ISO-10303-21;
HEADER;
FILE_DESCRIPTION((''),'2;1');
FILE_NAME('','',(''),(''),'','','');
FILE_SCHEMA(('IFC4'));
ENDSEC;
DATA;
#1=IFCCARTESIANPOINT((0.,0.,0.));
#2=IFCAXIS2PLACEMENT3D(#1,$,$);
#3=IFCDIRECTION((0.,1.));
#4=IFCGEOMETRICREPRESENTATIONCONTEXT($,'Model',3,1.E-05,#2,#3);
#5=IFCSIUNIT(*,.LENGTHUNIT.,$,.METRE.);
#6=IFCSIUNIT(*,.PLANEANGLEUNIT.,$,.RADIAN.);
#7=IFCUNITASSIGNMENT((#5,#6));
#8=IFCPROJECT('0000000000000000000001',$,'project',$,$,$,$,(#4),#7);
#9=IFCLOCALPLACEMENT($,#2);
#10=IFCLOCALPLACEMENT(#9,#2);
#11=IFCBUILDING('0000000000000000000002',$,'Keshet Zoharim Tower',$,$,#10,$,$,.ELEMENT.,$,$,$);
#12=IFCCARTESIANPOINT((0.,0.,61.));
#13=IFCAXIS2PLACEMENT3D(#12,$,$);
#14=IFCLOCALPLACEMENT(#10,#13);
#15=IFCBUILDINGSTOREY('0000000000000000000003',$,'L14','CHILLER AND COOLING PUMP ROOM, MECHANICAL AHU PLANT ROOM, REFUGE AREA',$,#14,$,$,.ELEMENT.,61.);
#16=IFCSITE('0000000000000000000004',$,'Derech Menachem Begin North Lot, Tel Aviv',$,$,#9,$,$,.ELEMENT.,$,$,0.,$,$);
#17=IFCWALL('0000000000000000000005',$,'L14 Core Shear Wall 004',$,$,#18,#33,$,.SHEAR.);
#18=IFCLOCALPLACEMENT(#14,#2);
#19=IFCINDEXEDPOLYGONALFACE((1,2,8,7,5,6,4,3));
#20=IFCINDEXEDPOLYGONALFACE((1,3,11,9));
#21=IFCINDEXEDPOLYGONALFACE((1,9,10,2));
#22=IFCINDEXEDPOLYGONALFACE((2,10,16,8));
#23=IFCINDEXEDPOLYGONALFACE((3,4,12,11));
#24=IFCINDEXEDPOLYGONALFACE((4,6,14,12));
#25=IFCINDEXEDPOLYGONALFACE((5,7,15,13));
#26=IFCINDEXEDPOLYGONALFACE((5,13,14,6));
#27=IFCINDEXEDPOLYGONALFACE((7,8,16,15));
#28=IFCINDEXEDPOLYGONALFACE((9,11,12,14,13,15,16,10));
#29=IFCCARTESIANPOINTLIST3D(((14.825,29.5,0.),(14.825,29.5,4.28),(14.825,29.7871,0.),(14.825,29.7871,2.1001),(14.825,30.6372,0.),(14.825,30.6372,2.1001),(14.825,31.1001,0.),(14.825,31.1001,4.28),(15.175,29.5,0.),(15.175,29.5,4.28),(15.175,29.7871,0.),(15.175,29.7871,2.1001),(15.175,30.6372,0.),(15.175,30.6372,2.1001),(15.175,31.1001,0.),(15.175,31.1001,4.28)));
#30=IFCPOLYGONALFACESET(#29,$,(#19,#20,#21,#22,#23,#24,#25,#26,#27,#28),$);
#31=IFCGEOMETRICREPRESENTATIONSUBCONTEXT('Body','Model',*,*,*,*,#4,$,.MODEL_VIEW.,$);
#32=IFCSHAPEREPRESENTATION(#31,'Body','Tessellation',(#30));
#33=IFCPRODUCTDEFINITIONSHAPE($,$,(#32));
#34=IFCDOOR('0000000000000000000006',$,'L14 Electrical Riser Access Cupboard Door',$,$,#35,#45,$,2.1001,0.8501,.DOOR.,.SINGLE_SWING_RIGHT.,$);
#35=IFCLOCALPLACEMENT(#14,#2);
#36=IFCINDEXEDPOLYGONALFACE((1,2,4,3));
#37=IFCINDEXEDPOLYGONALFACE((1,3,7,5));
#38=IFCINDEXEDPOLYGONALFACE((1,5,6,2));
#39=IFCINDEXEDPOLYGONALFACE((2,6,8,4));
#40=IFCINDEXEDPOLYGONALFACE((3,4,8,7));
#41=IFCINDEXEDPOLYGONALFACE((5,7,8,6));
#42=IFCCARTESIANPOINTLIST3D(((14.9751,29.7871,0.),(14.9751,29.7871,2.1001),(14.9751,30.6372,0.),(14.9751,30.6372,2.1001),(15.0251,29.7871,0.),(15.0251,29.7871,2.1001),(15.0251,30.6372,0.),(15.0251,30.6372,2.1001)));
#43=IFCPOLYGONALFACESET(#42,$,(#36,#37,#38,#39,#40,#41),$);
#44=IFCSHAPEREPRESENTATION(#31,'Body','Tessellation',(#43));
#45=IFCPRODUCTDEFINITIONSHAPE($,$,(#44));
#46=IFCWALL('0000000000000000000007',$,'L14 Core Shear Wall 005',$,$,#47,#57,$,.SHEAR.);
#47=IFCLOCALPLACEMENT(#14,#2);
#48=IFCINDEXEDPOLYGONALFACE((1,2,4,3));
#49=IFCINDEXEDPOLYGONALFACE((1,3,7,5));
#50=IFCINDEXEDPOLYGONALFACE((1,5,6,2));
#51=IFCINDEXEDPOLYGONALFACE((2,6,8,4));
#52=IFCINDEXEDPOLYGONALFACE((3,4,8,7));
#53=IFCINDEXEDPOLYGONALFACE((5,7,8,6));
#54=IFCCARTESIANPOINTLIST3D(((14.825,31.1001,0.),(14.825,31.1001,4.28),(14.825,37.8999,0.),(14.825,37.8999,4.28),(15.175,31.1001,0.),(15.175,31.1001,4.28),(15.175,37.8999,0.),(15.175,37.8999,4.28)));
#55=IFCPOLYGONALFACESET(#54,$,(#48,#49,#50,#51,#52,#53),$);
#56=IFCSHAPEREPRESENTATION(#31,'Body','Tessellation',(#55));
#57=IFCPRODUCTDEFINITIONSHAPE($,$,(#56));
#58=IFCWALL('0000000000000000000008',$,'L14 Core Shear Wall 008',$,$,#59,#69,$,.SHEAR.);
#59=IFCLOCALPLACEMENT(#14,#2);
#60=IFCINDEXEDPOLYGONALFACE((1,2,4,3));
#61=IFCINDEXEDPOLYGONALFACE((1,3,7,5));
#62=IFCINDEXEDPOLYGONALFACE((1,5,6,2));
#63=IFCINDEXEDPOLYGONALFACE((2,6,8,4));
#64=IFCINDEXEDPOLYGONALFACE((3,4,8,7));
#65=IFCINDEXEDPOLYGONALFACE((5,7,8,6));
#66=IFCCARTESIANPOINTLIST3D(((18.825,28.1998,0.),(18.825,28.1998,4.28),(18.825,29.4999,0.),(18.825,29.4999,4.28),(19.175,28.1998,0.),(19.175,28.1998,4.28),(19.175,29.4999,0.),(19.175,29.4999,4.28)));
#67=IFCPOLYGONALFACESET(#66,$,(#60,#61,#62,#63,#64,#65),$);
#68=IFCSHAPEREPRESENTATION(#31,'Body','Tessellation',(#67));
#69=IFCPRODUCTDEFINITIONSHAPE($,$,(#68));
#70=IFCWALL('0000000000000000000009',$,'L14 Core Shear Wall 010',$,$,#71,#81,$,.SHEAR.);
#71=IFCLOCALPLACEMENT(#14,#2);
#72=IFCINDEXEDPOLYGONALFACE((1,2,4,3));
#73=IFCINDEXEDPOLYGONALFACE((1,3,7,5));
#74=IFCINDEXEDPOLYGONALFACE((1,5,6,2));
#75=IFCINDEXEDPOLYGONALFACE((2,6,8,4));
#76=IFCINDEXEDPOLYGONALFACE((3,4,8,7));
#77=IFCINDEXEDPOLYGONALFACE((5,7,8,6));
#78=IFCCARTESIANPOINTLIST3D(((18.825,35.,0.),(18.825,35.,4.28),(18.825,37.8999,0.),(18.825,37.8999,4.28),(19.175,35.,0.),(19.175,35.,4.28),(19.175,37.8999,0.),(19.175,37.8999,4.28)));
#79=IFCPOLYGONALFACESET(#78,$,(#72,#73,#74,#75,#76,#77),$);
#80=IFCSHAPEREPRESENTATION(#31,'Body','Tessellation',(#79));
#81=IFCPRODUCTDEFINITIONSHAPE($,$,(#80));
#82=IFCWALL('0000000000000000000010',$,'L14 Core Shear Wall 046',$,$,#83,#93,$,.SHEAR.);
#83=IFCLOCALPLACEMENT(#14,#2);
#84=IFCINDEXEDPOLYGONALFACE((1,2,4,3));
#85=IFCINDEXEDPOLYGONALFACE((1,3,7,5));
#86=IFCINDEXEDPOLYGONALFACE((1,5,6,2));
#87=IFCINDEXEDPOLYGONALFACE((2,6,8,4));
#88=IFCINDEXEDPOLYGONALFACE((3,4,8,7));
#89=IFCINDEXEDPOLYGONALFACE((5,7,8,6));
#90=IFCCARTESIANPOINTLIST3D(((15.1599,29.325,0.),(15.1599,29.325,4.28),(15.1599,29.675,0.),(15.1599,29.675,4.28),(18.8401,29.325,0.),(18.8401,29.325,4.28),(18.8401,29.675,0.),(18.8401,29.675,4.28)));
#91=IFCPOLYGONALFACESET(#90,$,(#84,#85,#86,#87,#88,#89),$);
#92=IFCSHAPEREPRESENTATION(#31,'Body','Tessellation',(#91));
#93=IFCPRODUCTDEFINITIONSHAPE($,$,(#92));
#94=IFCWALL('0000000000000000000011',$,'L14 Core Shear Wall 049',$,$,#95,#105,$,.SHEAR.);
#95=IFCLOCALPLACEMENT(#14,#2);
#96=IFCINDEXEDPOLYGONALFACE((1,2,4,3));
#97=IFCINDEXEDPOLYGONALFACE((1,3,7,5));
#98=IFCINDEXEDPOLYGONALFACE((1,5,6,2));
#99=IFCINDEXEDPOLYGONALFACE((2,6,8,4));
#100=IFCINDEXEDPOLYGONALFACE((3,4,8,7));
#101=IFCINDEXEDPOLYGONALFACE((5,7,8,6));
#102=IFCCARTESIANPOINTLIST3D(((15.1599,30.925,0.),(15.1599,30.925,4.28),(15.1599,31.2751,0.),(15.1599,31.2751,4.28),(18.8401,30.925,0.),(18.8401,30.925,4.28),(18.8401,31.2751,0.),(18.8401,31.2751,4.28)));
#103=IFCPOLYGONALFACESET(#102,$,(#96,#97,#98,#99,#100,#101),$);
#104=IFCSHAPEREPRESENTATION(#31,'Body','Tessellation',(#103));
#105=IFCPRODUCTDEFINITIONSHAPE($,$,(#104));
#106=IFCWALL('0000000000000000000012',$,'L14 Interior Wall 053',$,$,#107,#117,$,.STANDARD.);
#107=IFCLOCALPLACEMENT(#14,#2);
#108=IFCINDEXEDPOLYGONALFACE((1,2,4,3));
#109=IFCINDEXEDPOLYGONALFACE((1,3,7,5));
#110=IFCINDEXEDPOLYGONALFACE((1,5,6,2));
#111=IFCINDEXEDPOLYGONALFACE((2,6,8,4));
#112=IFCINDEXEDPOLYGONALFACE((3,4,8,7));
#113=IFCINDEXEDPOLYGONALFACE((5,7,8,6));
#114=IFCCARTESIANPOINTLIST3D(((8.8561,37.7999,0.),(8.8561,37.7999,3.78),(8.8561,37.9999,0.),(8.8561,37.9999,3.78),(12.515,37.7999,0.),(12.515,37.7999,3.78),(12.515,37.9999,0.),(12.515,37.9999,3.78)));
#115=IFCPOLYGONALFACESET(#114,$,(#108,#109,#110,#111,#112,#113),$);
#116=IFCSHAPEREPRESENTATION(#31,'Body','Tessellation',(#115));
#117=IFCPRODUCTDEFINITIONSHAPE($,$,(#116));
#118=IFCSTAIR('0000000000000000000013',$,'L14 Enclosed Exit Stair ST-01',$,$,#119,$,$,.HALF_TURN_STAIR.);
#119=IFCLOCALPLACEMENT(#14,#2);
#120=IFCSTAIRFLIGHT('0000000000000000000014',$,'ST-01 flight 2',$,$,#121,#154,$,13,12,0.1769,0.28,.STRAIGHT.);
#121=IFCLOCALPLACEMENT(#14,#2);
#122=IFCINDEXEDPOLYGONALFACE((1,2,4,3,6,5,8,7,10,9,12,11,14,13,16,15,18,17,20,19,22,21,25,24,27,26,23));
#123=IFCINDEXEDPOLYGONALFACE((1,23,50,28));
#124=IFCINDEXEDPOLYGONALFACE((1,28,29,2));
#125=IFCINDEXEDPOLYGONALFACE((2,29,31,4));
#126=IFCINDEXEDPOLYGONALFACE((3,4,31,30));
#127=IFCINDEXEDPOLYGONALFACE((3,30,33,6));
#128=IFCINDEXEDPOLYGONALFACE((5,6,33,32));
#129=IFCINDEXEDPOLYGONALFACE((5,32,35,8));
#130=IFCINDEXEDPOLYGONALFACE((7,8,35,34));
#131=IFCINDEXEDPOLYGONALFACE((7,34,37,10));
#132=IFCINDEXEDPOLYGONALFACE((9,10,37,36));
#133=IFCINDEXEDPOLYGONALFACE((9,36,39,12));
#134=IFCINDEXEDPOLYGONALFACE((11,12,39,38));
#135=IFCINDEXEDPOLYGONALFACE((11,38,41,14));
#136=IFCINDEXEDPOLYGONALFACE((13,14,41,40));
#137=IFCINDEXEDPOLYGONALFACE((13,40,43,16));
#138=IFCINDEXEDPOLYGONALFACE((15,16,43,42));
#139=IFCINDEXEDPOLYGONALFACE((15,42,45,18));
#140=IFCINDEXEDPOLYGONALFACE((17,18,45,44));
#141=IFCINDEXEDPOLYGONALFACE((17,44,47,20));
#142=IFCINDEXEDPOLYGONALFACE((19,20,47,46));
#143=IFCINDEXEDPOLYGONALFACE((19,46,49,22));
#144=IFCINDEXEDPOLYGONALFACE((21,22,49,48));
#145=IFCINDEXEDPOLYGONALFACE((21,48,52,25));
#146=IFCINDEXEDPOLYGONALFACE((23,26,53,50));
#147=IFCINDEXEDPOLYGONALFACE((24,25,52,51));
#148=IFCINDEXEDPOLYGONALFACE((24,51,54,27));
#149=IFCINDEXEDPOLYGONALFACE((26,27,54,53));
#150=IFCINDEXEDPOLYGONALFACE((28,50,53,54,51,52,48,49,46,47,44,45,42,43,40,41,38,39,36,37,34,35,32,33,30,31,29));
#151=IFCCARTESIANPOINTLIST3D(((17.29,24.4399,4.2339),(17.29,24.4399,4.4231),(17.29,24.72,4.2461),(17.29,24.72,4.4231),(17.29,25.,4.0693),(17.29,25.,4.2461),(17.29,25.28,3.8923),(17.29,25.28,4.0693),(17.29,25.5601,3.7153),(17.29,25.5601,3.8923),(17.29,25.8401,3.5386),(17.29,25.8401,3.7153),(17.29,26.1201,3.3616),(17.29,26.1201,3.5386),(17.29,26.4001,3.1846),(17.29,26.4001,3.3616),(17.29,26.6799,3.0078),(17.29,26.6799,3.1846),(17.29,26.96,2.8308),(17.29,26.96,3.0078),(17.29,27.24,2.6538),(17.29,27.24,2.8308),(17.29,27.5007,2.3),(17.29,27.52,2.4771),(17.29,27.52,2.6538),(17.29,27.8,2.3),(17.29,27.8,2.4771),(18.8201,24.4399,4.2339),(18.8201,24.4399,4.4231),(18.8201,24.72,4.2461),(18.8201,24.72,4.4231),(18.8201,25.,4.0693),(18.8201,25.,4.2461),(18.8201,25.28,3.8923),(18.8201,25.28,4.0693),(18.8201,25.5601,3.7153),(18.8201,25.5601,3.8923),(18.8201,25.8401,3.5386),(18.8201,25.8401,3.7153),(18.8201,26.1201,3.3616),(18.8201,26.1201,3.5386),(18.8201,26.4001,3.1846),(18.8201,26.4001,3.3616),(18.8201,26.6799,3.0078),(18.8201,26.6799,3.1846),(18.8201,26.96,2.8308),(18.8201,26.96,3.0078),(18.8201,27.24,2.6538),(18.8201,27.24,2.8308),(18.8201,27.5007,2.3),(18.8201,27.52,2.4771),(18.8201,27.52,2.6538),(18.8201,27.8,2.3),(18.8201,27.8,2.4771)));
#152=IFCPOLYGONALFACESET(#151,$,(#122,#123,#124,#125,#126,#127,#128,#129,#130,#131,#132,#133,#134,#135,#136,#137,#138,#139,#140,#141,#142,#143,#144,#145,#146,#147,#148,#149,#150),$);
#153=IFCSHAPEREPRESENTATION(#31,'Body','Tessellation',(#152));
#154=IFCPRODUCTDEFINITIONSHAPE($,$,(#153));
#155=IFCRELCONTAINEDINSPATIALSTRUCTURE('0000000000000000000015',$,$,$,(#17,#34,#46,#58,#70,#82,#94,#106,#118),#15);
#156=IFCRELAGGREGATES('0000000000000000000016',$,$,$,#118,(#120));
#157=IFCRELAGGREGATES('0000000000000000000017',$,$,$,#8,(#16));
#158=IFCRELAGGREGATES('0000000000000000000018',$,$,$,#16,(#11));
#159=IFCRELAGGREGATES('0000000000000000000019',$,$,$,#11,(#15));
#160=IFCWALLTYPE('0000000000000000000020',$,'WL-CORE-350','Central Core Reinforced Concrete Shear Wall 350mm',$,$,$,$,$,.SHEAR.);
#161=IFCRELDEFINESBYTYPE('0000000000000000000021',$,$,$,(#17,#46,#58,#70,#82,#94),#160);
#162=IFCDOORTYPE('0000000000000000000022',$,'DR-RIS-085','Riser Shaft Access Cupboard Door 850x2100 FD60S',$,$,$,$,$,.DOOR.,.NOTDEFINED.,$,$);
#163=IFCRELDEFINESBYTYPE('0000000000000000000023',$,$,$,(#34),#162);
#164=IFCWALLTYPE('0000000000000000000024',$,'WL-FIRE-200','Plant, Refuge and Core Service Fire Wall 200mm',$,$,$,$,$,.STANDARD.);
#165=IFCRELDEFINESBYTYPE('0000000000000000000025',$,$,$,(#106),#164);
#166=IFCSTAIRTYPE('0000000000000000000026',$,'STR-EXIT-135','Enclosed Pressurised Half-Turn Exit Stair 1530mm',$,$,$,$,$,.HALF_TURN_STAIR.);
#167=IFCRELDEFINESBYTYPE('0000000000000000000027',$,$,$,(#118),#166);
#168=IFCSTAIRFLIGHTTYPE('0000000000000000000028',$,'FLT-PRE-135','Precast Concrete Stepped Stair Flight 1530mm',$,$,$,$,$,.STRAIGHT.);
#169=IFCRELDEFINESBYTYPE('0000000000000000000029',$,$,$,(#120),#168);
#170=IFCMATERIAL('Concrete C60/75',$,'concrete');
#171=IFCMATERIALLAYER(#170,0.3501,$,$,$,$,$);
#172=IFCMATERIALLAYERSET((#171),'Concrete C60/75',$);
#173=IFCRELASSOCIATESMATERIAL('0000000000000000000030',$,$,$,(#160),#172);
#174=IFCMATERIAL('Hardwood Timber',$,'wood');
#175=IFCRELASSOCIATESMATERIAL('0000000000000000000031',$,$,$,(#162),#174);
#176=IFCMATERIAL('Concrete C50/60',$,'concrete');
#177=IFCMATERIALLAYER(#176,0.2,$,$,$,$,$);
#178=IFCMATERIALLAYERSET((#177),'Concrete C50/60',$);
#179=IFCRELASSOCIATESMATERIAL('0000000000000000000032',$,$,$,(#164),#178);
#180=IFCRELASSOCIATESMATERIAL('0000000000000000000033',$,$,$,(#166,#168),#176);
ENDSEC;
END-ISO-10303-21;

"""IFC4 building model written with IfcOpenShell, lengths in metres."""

from ifc_helpers import new_model, si_unit, direction, frame, frame_2d, origin, place, context, subcontext, project, spatial, polyline, rectangle, outline, extrude, material, layer, layer_set, type_object, element, fill, aggregate, save


model = new_model("IFC4")

# Units and contexts
model_context = context("Model", 3, precision=1e-05, world=origin(), true_north=direction((0.0, 1.0)))
body_context = subcontext(model_context, "Body", "Model", "MODEL_VIEW")
ifc_project = project(units=[si_unit("LENGTHUNIT", "METRE"), si_unit("PLANEANGLEUNIT", "RADIAN")], contexts=[model_context])

# Site, building, storey
site_placement = place(None, origin())
site = spatial("IfcSite", under=ifc_project, at=site_placement, Name="Derech Menachem Begin North Lot, Tel Aviv", CompositionType="ELEMENT", RefElevation=0.0)
building_placement = place(site_placement, origin())
building = spatial("IfcBuilding", under=site, at=building_placement, Name="Keshet Zoharim Tower", CompositionType="ELEMENT")
storey_placement = place(building_placement, frame((0.0, 0.0, 61.0)))
storey = spatial("IfcBuildingStorey", under=building, at=storey_placement, Name="L14", Description="CHILLER AND COOLING PUMP ROOM, MECHANICAL AHU PLANT ROOM, REFUGE AREA", CompositionType="ELEMENT", Elevation=61.0)

# Wall, opening, door
ifc_material_1 = material(Name="Concrete C60/75", Category="concrete")
ifc_layer_1 = layer(ifc_material_1, 0.3501)
ifc_layer_set_1 = layer_set([ifc_layer_1], Name="Concrete C60/75")
wall_type_1 = type_object("IfcWallType", Name="WL-CORE-350", Description="Central Core Reinforced Concrete Shear Wall 350mm", PredefinedType="SHEAR", material=ifc_layer_set_1)
wall_1_placement = place(storey_placement, frame((15.0, 29.5, 0.0), z_axis=(0.0, 0.0, 1.0), x_axis=(0.0, 1.0, 0.0)))
wall_1 = element("IfcWall", 1, at=wall_1_placement, inside=storey, type_object=wall_type_1, Name="L14 Core Shear Wall 004", PredefinedType="SHEAR", context=body_context, shape_type="SweptSolid", body=[
    extrude(rectangle(XDim=1.6001, YDim=0.3501, at=frame_2d((0.8, 0.0))), origin(), (0.0, 0.0, 1.0), 4.28),
])
opening_1_placement = place(wall_1_placement, frame((0.2871, 0.0, 0.0)))
opening_1 = element("IfcOpeningElement", 2, at=opening_1_placement, cuts=wall_1, PredefinedType="OPENING", context=body_context, shape_type="SweptSolid", body=[
    extrude(rectangle(XDim=0.8501, YDim=2.1001, at=frame_2d((0.425, 1.05))), frame((0.0, 0.1851, 0.0), z_axis=(0.0, -1.0, 0.0), x_axis=(1.0, 0.0, 0.0)), (0.0, 0.0, 1.0), 0.3701),
])
ifc_material_2 = material(Name="Hardwood Timber", Category="wood")
door_type_1 = type_object("IfcDoorType", Name="DR-RIS-085", Description="Riser Shaft Access Cupboard Door 850x2100 FD60S", OperationType="NOTDEFINED", PredefinedType="DOOR", material=ifc_material_2)
door_1_placement = place(opening_1_placement, origin())
door_1 = element("IfcDoor", 3, at=door_1_placement, inside=storey, type_object=door_type_1, Name="L14 Electrical Riser Access Cupboard Door", OperationType="SINGLE_SWING_RIGHT", OverallHeight=2.1001, OverallWidth=0.8501, PredefinedType="DOOR", context=body_context, shape_type="SweptSolid", body=[
    extrude(rectangle(XDim=0.8501, YDim=2.1001, at=frame_2d((0.425, 1.05))), frame((0.0, 0.0249, 0.0), z_axis=(0.0, -1.0, 0.0), x_axis=(1.0, 0.0, 0.0)), (0.0, 0.0, 1.0), 0.05),
])
fill(opening_1, door_1)

# Walls
wall_2_placement = place(storey_placement, frame((15.0, 31.1001, 0.0), z_axis=(0.0, 0.0, 1.0), x_axis=(0.0, 1.0, 0.0)))
element("IfcWall", 4, at=wall_2_placement, inside=storey, type_object=wall_type_1, Name="L14 Core Shear Wall 005", PredefinedType="SHEAR", context=body_context, shape_type="SweptSolid", body=[
    extrude(rectangle(XDim=6.7998, YDim=0.3501, at=frame_2d((3.3999, 0.0))), origin(), (0.0, 0.0, 1.0), 4.28),
])
wall_3_placement = place(storey_placement, frame((19.0, 28.2, 0.0), z_axis=(0.0, 0.0, 1.0), x_axis=(0.0, 1.0, 0.0)))
element("IfcWall", 5, at=wall_3_placement, inside=storey, type_object=wall_type_1, Name="L14 Core Shear Wall 008", PredefinedType="SHEAR", context=body_context, shape_type="SweptSolid", body=[
    extrude(rectangle(XDim=1.3, YDim=0.3501, at=frame_2d((0.6499, 0.0))), origin(), (0.0, 0.0, 1.0), 4.28),
])

# Walls
wall_4_placement = place(storey_placement, frame((19.0, 35.0, 0.0), z_axis=(0.0, 0.0, 1.0), x_axis=(0.0, 1.0, 0.0)))
element("IfcWall", 6, at=wall_4_placement, inside=storey, type_object=wall_type_1, Name="L14 Core Shear Wall 010", PredefinedType="SHEAR", context=body_context, shape_type="SweptSolid", body=[
    extrude(rectangle(XDim=2.8999, YDim=0.3501, at=frame_2d((1.45, 0.0))), origin(), (0.0, 0.0, 1.0), 4.28),
])
for number, where, z_axis, x_axis, name in (
    (7, (15.1599, 29.5, 0.0), (0.0, 0.0, 1.0), (1.0, 0.0, 0.0), "L14 Core Shear Wall 046"),
    (8, (15.1599, 31.1001, 0.0), (0.0, 0.0, 1.0), (1.0, 0.0, 0.0), "L14 Core Shear Wall 049"),
):
    element("IfcWall", number, at=place(storey_placement, frame(where, z_axis=z_axis, x_axis=x_axis)), inside=storey, type_object=wall_type_1, Name=name, PredefinedType="SHEAR", context=body_context, shape_type="SweptSolid", body=[
        extrude(rectangle(XDim=3.6802, YDim=0.3501, at=frame_2d((1.8401, 0.0))), origin(), (0.0, 0.0, 1.0), 4.28),
    ])
ifc_material_3 = material(Name="Concrete C50/60", Category="concrete")
ifc_layer_2 = layer(ifc_material_3, 0.2)
ifc_layer_set_2 = layer_set([ifc_layer_2], Name="Concrete C50/60")
wall_type_2 = type_object("IfcWallType", Name="WL-FIRE-200", Description="Plant, Refuge and Core Service Fire Wall 200mm", PredefinedType="STANDARD", material=ifc_layer_set_2)
wall_5_placement = place(storey_placement, frame((8.856, 37.8999, 0.0), z_axis=(0.0, 0.0, 1.0), x_axis=(1.0, 0.0, 0.0)))
element("IfcWall", 9, at=wall_5_placement, inside=storey, type_object=wall_type_2, Name="L14 Interior Wall 053", PredefinedType="STANDARD", context=body_context, shape_type="SweptSolid", body=[
    extrude(rectangle(XDim=3.6589, YDim=0.2, at=frame_2d((1.8296, 0.0))), origin(), (0.0, 0.0, 1.0), 3.78),
])

# Stair, stair flight
stair_type = type_object("IfcStairType", Name="STR-EXIT-135", Description="Enclosed Pressurised Half-Turn Exit Stair 1530mm", PredefinedType="HALF_TURN_STAIR", material=ifc_material_3)
stair_1_placement = place(storey_placement, origin())
stair_1 = element("IfcStair", 10, at=stair_1_placement, inside=storey, type_object=stair_type, Name="L14 Enclosed Exit Stair ST-01", PredefinedType="HALF_TURN_STAIR")
stair_flight_type = type_object("IfcStairFlightType", Name="FLT-PRE-135", Description="Precast Concrete Stepped Stair Flight 1530mm", PredefinedType="STRAIGHT", material=ifc_material_3)
stair_flight_1_placement = place(storey_placement, frame((18.0549, 27.8, 2.3), z_axis=(0.0, 0.0, 1.0), x_axis=(0.0, -1.0, 0.0)))
stair_flight_1 = element("IfcStairFlight", 11, at=stair_flight_1_placement, type_object=stair_flight_type, Name="ST-01 flight 2", NumberOfRisers=13, NumberOfTreads=12, PredefinedType="STRAIGHT", RiserHeight=0.1769, TreadLength=0.28, context=body_context, shape_type="SweptSolid", body=[
    extrude(outline(polyline([(0.0, 0.0), (0.0, 0.177), (0.28, 0.177), (0.28, 0.3538), (0.5601, 0.3538), (0.5601, 0.5308), (0.8401, 0.5308), (0.8401, 0.7078), (1.1201, 0.7078), (1.1201, 0.8845), (1.3999, 0.8845), (1.3999, 1.0615), (1.6799, 1.0615), (1.6799, 1.2385), (1.96, 1.2385), (1.96, 1.4153), (2.24, 1.4153), (2.24, 1.5923), (2.52, 1.5923), (2.52, 1.7693), (2.8, 1.7693), (2.8, 1.946), (3.0801, 1.946), (3.0801, 2.123), (3.3601, 2.123), (3.3601, 2.3), (3.3601, 1.9338), (0.2993, 0.0), (0.0, 0.0)])), frame((0.0, 0.7651, 0.0), z_axis=(0.0, -1.0, 0.0), x_axis=(1.0, 0.0, 0.0)), (0.0, 0.0, 1.0), 1.53),
])
aggregate(stair_1, [stair_flight_1])

save(model, "model.ifc")
